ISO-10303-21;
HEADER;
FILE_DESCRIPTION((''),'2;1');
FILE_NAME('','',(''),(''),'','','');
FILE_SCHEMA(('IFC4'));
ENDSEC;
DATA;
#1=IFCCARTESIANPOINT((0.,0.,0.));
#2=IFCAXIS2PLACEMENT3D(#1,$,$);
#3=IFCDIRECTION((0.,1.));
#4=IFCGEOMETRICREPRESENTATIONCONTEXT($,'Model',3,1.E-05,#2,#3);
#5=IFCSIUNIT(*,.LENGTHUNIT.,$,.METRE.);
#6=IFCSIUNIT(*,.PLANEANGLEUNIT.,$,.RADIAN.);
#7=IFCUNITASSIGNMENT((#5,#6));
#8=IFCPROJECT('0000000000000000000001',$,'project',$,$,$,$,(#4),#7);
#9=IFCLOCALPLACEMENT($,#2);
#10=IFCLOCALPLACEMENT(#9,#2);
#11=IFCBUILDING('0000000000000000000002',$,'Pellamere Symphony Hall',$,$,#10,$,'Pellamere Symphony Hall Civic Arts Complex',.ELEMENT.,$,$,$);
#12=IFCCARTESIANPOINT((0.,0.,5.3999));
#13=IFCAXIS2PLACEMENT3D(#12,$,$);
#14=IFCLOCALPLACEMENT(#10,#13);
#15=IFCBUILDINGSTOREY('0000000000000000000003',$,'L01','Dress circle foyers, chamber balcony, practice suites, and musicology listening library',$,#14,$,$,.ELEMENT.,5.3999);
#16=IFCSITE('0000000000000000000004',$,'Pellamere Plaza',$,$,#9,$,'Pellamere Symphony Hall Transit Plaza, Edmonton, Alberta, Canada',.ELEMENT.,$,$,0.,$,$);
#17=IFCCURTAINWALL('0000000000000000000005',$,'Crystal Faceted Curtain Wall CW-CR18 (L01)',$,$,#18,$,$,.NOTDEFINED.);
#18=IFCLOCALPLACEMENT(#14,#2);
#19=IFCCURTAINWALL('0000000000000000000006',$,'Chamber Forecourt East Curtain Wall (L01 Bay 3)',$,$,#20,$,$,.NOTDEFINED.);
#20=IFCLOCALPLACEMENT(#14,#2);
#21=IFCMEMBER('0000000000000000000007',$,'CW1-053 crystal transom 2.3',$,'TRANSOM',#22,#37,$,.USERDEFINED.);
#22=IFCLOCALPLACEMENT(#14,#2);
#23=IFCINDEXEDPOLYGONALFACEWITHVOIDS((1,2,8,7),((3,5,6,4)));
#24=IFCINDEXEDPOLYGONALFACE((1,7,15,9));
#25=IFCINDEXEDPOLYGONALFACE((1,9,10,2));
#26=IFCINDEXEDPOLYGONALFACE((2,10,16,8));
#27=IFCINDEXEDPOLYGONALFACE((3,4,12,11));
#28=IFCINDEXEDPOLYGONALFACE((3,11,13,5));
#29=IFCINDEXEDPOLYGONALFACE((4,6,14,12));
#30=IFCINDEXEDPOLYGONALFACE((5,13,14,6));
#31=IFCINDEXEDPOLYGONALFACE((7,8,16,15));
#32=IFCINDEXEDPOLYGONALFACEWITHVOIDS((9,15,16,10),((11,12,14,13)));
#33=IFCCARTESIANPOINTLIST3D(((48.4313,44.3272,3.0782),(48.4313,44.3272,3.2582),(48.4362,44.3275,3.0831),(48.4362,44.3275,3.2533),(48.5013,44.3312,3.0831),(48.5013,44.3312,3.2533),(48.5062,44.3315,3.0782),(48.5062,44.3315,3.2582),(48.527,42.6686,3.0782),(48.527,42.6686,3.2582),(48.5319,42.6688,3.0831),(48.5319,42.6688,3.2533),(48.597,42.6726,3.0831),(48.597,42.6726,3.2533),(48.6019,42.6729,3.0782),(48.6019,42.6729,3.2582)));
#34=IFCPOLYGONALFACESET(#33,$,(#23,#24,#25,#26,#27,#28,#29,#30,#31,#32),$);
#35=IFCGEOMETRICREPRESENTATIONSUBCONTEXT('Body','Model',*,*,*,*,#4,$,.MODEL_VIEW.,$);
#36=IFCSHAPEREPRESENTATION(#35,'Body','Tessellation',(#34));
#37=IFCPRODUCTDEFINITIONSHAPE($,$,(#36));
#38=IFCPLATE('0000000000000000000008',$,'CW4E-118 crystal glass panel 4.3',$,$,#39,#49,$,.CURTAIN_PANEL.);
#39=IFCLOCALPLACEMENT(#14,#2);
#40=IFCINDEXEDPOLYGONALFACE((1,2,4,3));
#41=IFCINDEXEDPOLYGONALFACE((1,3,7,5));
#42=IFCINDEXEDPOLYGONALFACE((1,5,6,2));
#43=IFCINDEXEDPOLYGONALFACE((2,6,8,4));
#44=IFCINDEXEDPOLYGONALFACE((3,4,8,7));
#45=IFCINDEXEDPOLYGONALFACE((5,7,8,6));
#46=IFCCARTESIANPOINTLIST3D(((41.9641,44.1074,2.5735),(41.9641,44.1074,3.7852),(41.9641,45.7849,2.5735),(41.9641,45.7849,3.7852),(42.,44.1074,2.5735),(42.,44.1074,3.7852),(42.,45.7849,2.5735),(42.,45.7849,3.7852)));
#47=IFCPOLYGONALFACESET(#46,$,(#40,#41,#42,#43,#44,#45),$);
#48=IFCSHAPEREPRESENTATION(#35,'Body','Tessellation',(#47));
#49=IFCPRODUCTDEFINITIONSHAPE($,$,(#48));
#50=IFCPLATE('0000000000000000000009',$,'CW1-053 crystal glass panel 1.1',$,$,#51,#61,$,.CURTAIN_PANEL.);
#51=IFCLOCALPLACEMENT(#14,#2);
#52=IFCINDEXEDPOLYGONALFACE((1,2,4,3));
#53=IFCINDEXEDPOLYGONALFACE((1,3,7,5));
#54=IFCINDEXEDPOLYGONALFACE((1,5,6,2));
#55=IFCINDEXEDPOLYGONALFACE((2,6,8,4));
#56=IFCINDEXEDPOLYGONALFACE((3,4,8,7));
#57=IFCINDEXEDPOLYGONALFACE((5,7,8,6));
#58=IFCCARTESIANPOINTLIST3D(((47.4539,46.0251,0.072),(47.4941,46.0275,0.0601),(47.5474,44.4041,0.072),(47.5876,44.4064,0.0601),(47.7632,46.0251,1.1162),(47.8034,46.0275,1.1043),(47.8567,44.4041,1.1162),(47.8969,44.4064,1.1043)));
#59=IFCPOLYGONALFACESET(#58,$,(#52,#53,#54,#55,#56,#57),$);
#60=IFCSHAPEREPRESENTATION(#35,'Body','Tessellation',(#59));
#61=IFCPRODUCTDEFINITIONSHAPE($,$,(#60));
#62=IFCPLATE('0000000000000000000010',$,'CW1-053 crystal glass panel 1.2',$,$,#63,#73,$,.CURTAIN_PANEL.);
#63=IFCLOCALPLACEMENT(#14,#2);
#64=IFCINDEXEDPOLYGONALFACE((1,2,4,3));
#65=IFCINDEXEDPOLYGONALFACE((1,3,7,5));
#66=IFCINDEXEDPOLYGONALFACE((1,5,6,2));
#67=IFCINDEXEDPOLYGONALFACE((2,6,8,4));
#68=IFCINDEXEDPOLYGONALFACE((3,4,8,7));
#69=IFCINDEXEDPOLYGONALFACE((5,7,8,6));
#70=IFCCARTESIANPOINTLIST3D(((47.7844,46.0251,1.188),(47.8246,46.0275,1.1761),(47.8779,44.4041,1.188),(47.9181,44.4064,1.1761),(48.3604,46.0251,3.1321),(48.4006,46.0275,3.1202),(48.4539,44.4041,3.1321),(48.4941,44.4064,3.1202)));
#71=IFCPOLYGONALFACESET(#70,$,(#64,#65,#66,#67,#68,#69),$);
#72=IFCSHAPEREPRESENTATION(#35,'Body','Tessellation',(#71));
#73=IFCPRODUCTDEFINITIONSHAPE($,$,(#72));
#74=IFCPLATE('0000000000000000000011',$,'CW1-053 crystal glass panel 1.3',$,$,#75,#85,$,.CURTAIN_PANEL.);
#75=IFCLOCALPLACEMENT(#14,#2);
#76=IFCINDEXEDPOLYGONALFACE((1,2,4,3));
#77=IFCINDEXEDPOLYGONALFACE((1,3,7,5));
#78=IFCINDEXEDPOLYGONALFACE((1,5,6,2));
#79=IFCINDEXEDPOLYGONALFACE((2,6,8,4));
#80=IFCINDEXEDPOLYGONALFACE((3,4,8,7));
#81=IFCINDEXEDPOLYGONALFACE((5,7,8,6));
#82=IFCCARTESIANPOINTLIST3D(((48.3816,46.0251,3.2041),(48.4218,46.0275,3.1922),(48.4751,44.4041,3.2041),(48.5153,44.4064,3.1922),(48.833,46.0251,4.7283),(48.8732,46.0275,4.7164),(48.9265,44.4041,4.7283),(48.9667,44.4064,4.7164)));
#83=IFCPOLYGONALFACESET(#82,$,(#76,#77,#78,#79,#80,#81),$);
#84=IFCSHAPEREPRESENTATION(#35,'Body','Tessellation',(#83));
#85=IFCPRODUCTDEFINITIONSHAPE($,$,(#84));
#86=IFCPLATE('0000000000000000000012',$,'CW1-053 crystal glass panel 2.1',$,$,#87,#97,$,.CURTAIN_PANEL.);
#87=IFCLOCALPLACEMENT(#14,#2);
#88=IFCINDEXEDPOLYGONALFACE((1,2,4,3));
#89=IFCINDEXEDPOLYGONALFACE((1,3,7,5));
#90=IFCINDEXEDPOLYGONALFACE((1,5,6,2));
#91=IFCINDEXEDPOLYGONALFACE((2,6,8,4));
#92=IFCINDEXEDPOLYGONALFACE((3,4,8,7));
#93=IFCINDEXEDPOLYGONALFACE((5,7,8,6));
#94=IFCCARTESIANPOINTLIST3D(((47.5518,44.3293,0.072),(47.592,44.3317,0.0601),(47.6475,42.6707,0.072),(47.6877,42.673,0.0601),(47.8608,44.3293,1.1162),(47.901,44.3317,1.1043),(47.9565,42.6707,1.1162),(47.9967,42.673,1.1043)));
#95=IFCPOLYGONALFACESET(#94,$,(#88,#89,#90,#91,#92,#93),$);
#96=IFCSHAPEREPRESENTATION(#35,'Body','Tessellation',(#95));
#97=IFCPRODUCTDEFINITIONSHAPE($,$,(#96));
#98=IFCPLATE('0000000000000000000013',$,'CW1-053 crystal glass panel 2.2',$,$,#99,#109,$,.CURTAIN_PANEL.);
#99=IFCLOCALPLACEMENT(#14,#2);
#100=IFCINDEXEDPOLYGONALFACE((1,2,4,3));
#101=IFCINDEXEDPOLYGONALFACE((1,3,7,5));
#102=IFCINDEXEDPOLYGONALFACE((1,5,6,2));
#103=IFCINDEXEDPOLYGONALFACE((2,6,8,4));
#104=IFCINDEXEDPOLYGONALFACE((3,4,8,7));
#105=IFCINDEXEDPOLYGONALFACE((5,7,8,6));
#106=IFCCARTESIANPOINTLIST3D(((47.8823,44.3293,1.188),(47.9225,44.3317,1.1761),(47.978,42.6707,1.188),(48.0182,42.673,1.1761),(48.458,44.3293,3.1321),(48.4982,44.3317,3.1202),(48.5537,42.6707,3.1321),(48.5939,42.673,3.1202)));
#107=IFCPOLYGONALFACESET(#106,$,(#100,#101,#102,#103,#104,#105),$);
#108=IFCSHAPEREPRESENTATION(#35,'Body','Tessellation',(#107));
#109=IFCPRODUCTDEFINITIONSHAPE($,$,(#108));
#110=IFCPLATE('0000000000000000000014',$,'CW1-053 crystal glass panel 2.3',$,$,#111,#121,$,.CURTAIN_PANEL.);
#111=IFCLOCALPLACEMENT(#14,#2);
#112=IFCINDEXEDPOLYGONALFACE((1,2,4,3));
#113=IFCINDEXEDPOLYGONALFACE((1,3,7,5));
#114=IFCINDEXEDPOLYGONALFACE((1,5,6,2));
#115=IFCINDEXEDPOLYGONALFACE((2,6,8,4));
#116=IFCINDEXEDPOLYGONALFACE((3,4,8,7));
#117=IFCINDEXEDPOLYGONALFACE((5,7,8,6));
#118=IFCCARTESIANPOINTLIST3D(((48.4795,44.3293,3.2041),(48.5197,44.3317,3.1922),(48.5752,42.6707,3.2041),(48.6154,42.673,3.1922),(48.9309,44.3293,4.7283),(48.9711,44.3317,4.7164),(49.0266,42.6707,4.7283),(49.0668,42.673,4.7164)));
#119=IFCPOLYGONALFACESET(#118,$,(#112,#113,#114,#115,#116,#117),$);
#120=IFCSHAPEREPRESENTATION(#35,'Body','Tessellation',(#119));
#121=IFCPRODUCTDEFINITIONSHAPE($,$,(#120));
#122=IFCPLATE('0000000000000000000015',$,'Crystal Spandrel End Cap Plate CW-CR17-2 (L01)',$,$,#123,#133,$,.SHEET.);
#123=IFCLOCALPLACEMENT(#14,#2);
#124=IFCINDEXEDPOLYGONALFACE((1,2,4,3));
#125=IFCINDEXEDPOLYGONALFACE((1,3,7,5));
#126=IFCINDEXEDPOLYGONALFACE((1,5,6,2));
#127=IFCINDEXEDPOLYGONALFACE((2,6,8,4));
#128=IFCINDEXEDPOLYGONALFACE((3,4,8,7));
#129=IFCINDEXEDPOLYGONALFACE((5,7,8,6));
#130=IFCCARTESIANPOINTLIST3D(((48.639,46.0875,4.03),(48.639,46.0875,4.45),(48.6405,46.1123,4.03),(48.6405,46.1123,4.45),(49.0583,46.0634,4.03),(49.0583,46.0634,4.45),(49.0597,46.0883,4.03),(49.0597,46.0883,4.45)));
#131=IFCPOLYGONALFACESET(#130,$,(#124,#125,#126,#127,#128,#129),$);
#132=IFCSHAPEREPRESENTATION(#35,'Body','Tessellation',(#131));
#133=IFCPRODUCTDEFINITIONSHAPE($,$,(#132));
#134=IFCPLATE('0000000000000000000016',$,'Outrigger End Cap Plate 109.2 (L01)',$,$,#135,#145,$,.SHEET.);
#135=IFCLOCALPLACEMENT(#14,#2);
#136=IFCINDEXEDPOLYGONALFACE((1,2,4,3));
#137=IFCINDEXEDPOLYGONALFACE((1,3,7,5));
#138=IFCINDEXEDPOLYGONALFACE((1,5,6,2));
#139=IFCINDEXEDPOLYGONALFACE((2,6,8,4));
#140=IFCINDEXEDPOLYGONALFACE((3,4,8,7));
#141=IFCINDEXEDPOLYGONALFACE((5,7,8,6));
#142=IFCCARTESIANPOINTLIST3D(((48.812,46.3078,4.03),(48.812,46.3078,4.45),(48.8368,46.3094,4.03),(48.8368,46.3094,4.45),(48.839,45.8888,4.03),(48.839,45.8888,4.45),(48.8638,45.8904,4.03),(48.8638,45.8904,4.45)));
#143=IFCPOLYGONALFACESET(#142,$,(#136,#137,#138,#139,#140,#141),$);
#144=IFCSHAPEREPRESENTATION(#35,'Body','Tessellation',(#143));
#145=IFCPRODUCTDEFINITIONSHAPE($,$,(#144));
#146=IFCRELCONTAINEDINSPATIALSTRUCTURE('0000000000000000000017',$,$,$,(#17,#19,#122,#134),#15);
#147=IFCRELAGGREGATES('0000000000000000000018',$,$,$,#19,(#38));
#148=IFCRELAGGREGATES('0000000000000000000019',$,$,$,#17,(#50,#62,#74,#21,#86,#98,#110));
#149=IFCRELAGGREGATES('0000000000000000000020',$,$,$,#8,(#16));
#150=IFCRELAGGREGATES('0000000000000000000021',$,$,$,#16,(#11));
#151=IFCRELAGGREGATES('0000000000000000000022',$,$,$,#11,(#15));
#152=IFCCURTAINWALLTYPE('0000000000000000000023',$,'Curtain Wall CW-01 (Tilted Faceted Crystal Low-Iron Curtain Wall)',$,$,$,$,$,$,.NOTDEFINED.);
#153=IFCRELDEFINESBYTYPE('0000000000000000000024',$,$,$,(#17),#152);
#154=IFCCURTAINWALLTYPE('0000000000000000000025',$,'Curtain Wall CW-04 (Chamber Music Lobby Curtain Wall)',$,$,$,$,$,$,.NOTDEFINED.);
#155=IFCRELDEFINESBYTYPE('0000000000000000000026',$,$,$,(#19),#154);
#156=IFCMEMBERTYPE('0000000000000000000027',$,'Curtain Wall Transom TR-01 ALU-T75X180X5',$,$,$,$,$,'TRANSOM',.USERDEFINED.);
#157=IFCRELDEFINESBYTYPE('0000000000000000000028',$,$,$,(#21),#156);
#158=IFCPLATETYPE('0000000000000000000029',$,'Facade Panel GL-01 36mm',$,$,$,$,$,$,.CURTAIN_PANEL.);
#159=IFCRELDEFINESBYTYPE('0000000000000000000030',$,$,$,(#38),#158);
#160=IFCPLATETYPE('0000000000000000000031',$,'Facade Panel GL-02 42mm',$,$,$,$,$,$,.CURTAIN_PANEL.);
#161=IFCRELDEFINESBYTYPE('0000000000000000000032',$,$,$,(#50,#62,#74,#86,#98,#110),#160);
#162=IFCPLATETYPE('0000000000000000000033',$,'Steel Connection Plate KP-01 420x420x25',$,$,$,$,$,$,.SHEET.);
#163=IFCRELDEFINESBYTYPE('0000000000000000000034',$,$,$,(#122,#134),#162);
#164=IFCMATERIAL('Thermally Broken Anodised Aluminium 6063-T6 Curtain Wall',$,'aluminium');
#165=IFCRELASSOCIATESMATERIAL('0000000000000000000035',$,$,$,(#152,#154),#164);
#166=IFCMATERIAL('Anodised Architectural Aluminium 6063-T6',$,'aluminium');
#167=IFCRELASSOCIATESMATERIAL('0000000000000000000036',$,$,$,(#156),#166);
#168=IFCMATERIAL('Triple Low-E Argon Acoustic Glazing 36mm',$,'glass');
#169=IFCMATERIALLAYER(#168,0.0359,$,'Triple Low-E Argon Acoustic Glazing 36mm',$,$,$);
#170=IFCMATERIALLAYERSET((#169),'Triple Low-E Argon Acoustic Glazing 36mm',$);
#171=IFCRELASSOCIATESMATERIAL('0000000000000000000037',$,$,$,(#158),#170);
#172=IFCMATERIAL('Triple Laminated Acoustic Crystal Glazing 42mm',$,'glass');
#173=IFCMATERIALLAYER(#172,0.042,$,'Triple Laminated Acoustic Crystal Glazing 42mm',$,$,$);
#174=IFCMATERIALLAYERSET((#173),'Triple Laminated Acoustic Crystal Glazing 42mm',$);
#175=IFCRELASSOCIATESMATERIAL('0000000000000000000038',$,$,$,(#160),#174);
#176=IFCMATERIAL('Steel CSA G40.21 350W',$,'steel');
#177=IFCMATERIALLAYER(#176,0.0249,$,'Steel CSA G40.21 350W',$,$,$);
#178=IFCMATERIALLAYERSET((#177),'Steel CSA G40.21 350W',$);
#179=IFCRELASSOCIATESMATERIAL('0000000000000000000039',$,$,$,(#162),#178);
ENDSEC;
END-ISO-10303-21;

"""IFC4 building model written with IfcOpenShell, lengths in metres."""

from ifc_helpers import new_model, si_unit, direction, frame, origin, origin_2d, place, context, subcontext, project, spatial, polyline, rectangle, hollow_rectangle, outline, extrude, material, layer, layer_set, material_profile, profile_set, type_object, element, aggregate, save


model = new_model("IFC4")

# Units and contexts
model_context = context("Model", 3, precision=1e-05, world=origin(), true_north=direction((0.0, 1.0)))
body_context = subcontext(model_context, "Body", "Model", "MODEL_VIEW")
ifc_project = project(units=[si_unit("LENGTHUNIT", "METRE"), si_unit("PLANEANGLEUNIT", "RADIAN")], contexts=[model_context])

# Site, building, storey
site_placement = place(None, origin())
site = spatial("IfcSite", under=ifc_project, at=site_placement, Name="Pellamere Plaza", LongName="Pellamere Symphony Hall Transit Plaza, Edmonton, Alberta, Canada", CompositionType="ELEMENT", RefElevation=0.0)
building_placement = place(site_placement, origin())
building = spatial("IfcBuilding", under=site, at=building_placement, Name="Pellamere Symphony Hall", LongName="Pellamere Symphony Hall Civic Arts Complex", CompositionType="ELEMENT")
storey_placement = place(building_placement, frame((0.0, 0.0, 5.3999)))
storey = spatial("IfcBuildingStorey", under=building, at=storey_placement, Name="L01", Description="Dress circle foyers, chamber balcony, practice suites, and musicology listening library", CompositionType="ELEMENT", Elevation=5.3999)

# Curtain wall
ifc_material_1 = material(Name="Thermally Broken Anodised Aluminium 6063-T6 Curtain Wall", Category="aluminium")
curtain_wall_type_1 = type_object("IfcCurtainWallType", Name="Curtain Wall CW-01 (Tilted Faceted Crystal Low-Iron Curtain Wall)", PredefinedType="NOTDEFINED", material=ifc_material_1)
curtain_wall_1_placement = place(storey_placement, origin())
curtain_wall_1 = element("IfcCurtainWall", 1, at=curtain_wall_1_placement, inside=storey, type_object=curtain_wall_type_1, Name="Crystal Faceted Curtain Wall CW-CR18 (L01)", PredefinedType="NOTDEFINED")
ifc_material_2 = material(Name="Anodised Architectural Aluminium 6063-T6", Category="aluminium")

# Curtain wall
curtain_wall_type_2 = type_object("IfcCurtainWallType", Name="Curtain Wall CW-04 (Chamber Music Lobby Curtain Wall)", PredefinedType="NOTDEFINED", material=ifc_material_1)
curtain_wall_2_placement = place(storey_placement, origin())
curtain_wall_2 = element("IfcCurtainWall", 2, at=curtain_wall_2_placement, inside=storey, type_object=curtain_wall_type_2, Name="Chamber Forecourt East Curtain Wall (L01 Bay 3)", PredefinedType="NOTDEFINED")

# Member
ifc_material_profile_1 = material_profile(ifc_material_2, hollow_rectangle(XDim=0.075, YDim=0.1799, WallThickness=0.0049, at=origin_2d()), Name="ALU-T75X180X5")
ifc_profile_set_1 = profile_set([ifc_material_profile_1], Name="Anodised Architectural Aluminium 6063-T6")
member_type_1 = type_object("IfcMemberType", Name="Curtain Wall Transom TR-01 ALU-T75X180X5", ElementType="TRANSOM", PredefinedType="USERDEFINED", material=ifc_profile_set_1)
member_1_placement = place(storey_placement, frame((48.4688, 44.3293, 3.1682), z_axis=(0.057602, -0.99834, 0.0), x_axis=(0.99834, 0.057602, 0.0)))
member_1 = element("IfcMember", 3, at=member_1_placement, type_object=member_type_1, Name="CW1-053 crystal transom 2.3", ObjectType="TRANSOM", PredefinedType="USERDEFINED", context=body_context, shape_type="SweptSolid", body=[
    extrude(hollow_rectangle(XDim=0.075, YDim=0.1799, WallThickness=0.0049, at=origin_2d()), origin(), (0.0, 0.0, 1.0), 1.6614),
])

# Plates
ifc_material_3 = material(Name="Triple Low-E Argon Acoustic Glazing 36mm", Category="glass")
ifc_layer_1 = layer(ifc_material_3, 0.0359, Name="Triple Low-E Argon Acoustic Glazing 36mm")
ifc_layer_set_1 = layer_set([ifc_layer_1], Name="Triple Low-E Argon Acoustic Glazing 36mm")
plate_type_1 = type_object("IfcPlateType", Name="Facade Panel GL-01 36mm", PredefinedType="CURTAIN_PANEL", material=ifc_layer_set_1)
plate_1_placement = place(storey_placement, frame((42.0, 44.1074, 2.5735), z_axis=(1.0, 0.0, 0.0), x_axis=(0.0, 1.0, 0.0)))
plate_1 = element("IfcPlate", 4, at=plate_1_placement, type_object=plate_type_1, Name="CW4E-118 crystal glass panel 4.3", PredefinedType="CURTAIN_PANEL", context=body_context, shape_type="SweptSolid", body=[
    extrude(outline(polyline([(0.0, 0.0), (1.6775, 0.0), (1.6775, 1.2117), (0.0, 1.2117), (0.0, 0.0)])), origin(), (0.0, 0.0, -1.0), 0.0359),
])
aggregate(curtain_wall_2, [plate_1])
ifc_material_4 = material(Name="Triple Laminated Acoustic Crystal Glazing 42mm", Category="glass")
ifc_layer_2 = layer(ifc_material_4, 0.042, Name="Triple Laminated Acoustic Crystal Glazing 42mm")
ifc_layer_set_2 = layer_set([ifc_layer_2], Name="Triple Laminated Acoustic Crystal Glazing 42mm")
plate_type_2 = type_object("IfcPlateType", Name="Facade Panel GL-02 42mm", PredefinedType="CURTAIN_PANEL", material=ifc_layer_set_2)
plate_2_placement = place(storey_placement, frame((47.4539, 46.0251, 0.072), z_axis=(-0.957351, -0.055221, 0.283602), x_axis=(0.057585, -0.998341, 0.0)))
plate_2 = element("IfcPlate", 5, at=plate_2_placement, type_object=plate_type_2, Name="CW1-053 crystal glass panel 1.1", PredefinedType="CURTAIN_PANEL", context=body_context, shape_type="SweptSolid", body=[
    extrude(outline(polyline([(0.0, 0.0), (1.6238, 0.0), (1.6416, 1.0889), (0.0178, 1.0889), (0.0, 0.0)])), origin(), (0.0, 0.0, -1.0), 0.042),
])
plate_3_placement = place(storey_placement, frame((47.7844, 46.0251, 1.188), z_axis=(-0.957349, -0.055221, 0.28361), x_axis=(0.057585, -0.998341, 0.0)))
plate_3 = element("IfcPlate", 6, at=plate_3_placement, type_object=plate_type_2, Name="CW1-053 crystal glass panel 1.2", PredefinedType="CURTAIN_PANEL", context=body_context, shape_type="SweptSolid", body=[
    extrude(outline(polyline([(0.0, 0.0), (1.6238, 0.0), (1.657, 2.0273), (0.0332, 2.0273), (0.0, 0.0)])), origin(), (0.0, 0.0, -1.0), 0.042),
])
plate_4_placement = place(storey_placement, frame((48.3816, 46.0251, 3.2041), z_axis=(-0.957368, -0.055222, 0.283545), x_axis=(0.057585, -0.998341, 0.0)))
plate_4 = element("IfcPlate", 7, at=plate_4_placement, type_object=plate_type_2, Name="CW1-053 crystal glass panel 1.3", PredefinedType="CURTAIN_PANEL", context=body_context, shape_type="SweptSolid", body=[
    extrude(outline(polyline([(0.0, 0.0), (1.6238, 0.0), (1.6498, 1.5894), (0.026, 1.5894), (0.0, 0.0)])), origin(), (0.0, 0.0, -1.0), 0.042),
])
plate_5_placement = place(storey_placement, frame((47.5518, 44.3293, 0.072), z_axis=(-0.957411, -0.055241, 0.283395), x_axis=(0.057602, -0.99834, 0.0)))
plate_5 = element("IfcPlate", 8, at=plate_5_placement, type_object=plate_type_2, Name="CW1-053 crystal glass panel 2.1", PredefinedType="CURTAIN_PANEL", context=body_context, shape_type="SweptSolid", body=[
    extrude(outline(polyline([(0.0, 0.0), (1.6615, 0.0), (1.6793, 1.0888), (0.0178, 1.0888), (0.0, 0.0)])), origin(), (0.0, 0.0, -1.0), 0.042),
])
plate_6_placement = place(storey_placement, frame((47.8823, 44.3293, 1.188), z_axis=(-0.95738, -0.055239, 0.283499), x_axis=(0.057602, -0.99834, 0.0)))
plate_6 = element("IfcPlate", 9, at=plate_6_placement, type_object=plate_type_2, Name="CW1-053 crystal glass panel 2.2", PredefinedType="CURTAIN_PANEL", context=body_context, shape_type="SweptSolid", body=[
    extrude(outline(polyline([(0.0, 0.0), (1.6615, 0.0), (1.6946, 2.0273), (0.0332, 2.0273), (0.0, 0.0)])), origin(), (0.0, 0.0, -1.0), 0.042),
])
plate_7_placement = place(storey_placement, frame((48.4795, 44.3293, 3.2041), z_axis=(-0.957367, -0.055238, 0.283545), x_axis=(0.057602, -0.99834, 0.0)))
plate_7 = element("IfcPlate", 10, at=plate_7_placement, type_object=plate_type_2, Name="CW1-053 crystal glass panel 2.3", PredefinedType="CURTAIN_PANEL", context=body_context, shape_type="SweptSolid", body=[
    extrude(outline(polyline([(0.0, 0.0), (1.6615, 0.0), (1.6875, 1.5894), (0.026, 1.5894), (0.0, 0.0)])), origin(), (0.0, 0.0, -1.0), 0.042),
])
aggregate(curtain_wall_1, [plate_2, plate_3, plate_4, member_1, plate_5, plate_6, plate_7])

# Plates
ifc_material_5 = material(Name="Steel CSA G40.21 350W", Category="steel")
ifc_layer_3 = layer(ifc_material_5, 0.0249, Name="Steel CSA G40.21 350W")
ifc_layer_set_3 = layer_set([ifc_layer_3], Name="Steel CSA G40.21 350W")
plate_type_3 = type_object("IfcPlateType", Name="Steel Connection Plate KP-01 420x420x25", PredefinedType="SHEET", material=ifc_layer_set_3)
for number, where, z_axis, x_axis, name in (
    (11, (48.8494, 46.0879, 4.03), (0.0, 0.0, 1.0), (-0.057216, -0.998362, 0.0), "Crystal Spandrel End Cap Plate CW-CR17-2 (L01)"),
    (12, (48.8379, 46.0991, 4.03), (0.0, 0.0, 1.0), (-0.997927, -0.064358, 0.0), "Outrigger End Cap Plate 109.2 (L01)"),
):
    element("IfcPlate", number, at=place(storey_placement, frame(where, z_axis=z_axis, x_axis=x_axis)), inside=storey, type_object=plate_type_3, Name=name, PredefinedType="SHEET", context=body_context, shape_type="SweptSolid", body=[
        extrude(rectangle(XDim=0.0249, YDim=0.4199, at=origin_2d()), origin(), (0.0, 0.0, 1.0), 0.4199),
    ])

save(model, "model.ifc")
